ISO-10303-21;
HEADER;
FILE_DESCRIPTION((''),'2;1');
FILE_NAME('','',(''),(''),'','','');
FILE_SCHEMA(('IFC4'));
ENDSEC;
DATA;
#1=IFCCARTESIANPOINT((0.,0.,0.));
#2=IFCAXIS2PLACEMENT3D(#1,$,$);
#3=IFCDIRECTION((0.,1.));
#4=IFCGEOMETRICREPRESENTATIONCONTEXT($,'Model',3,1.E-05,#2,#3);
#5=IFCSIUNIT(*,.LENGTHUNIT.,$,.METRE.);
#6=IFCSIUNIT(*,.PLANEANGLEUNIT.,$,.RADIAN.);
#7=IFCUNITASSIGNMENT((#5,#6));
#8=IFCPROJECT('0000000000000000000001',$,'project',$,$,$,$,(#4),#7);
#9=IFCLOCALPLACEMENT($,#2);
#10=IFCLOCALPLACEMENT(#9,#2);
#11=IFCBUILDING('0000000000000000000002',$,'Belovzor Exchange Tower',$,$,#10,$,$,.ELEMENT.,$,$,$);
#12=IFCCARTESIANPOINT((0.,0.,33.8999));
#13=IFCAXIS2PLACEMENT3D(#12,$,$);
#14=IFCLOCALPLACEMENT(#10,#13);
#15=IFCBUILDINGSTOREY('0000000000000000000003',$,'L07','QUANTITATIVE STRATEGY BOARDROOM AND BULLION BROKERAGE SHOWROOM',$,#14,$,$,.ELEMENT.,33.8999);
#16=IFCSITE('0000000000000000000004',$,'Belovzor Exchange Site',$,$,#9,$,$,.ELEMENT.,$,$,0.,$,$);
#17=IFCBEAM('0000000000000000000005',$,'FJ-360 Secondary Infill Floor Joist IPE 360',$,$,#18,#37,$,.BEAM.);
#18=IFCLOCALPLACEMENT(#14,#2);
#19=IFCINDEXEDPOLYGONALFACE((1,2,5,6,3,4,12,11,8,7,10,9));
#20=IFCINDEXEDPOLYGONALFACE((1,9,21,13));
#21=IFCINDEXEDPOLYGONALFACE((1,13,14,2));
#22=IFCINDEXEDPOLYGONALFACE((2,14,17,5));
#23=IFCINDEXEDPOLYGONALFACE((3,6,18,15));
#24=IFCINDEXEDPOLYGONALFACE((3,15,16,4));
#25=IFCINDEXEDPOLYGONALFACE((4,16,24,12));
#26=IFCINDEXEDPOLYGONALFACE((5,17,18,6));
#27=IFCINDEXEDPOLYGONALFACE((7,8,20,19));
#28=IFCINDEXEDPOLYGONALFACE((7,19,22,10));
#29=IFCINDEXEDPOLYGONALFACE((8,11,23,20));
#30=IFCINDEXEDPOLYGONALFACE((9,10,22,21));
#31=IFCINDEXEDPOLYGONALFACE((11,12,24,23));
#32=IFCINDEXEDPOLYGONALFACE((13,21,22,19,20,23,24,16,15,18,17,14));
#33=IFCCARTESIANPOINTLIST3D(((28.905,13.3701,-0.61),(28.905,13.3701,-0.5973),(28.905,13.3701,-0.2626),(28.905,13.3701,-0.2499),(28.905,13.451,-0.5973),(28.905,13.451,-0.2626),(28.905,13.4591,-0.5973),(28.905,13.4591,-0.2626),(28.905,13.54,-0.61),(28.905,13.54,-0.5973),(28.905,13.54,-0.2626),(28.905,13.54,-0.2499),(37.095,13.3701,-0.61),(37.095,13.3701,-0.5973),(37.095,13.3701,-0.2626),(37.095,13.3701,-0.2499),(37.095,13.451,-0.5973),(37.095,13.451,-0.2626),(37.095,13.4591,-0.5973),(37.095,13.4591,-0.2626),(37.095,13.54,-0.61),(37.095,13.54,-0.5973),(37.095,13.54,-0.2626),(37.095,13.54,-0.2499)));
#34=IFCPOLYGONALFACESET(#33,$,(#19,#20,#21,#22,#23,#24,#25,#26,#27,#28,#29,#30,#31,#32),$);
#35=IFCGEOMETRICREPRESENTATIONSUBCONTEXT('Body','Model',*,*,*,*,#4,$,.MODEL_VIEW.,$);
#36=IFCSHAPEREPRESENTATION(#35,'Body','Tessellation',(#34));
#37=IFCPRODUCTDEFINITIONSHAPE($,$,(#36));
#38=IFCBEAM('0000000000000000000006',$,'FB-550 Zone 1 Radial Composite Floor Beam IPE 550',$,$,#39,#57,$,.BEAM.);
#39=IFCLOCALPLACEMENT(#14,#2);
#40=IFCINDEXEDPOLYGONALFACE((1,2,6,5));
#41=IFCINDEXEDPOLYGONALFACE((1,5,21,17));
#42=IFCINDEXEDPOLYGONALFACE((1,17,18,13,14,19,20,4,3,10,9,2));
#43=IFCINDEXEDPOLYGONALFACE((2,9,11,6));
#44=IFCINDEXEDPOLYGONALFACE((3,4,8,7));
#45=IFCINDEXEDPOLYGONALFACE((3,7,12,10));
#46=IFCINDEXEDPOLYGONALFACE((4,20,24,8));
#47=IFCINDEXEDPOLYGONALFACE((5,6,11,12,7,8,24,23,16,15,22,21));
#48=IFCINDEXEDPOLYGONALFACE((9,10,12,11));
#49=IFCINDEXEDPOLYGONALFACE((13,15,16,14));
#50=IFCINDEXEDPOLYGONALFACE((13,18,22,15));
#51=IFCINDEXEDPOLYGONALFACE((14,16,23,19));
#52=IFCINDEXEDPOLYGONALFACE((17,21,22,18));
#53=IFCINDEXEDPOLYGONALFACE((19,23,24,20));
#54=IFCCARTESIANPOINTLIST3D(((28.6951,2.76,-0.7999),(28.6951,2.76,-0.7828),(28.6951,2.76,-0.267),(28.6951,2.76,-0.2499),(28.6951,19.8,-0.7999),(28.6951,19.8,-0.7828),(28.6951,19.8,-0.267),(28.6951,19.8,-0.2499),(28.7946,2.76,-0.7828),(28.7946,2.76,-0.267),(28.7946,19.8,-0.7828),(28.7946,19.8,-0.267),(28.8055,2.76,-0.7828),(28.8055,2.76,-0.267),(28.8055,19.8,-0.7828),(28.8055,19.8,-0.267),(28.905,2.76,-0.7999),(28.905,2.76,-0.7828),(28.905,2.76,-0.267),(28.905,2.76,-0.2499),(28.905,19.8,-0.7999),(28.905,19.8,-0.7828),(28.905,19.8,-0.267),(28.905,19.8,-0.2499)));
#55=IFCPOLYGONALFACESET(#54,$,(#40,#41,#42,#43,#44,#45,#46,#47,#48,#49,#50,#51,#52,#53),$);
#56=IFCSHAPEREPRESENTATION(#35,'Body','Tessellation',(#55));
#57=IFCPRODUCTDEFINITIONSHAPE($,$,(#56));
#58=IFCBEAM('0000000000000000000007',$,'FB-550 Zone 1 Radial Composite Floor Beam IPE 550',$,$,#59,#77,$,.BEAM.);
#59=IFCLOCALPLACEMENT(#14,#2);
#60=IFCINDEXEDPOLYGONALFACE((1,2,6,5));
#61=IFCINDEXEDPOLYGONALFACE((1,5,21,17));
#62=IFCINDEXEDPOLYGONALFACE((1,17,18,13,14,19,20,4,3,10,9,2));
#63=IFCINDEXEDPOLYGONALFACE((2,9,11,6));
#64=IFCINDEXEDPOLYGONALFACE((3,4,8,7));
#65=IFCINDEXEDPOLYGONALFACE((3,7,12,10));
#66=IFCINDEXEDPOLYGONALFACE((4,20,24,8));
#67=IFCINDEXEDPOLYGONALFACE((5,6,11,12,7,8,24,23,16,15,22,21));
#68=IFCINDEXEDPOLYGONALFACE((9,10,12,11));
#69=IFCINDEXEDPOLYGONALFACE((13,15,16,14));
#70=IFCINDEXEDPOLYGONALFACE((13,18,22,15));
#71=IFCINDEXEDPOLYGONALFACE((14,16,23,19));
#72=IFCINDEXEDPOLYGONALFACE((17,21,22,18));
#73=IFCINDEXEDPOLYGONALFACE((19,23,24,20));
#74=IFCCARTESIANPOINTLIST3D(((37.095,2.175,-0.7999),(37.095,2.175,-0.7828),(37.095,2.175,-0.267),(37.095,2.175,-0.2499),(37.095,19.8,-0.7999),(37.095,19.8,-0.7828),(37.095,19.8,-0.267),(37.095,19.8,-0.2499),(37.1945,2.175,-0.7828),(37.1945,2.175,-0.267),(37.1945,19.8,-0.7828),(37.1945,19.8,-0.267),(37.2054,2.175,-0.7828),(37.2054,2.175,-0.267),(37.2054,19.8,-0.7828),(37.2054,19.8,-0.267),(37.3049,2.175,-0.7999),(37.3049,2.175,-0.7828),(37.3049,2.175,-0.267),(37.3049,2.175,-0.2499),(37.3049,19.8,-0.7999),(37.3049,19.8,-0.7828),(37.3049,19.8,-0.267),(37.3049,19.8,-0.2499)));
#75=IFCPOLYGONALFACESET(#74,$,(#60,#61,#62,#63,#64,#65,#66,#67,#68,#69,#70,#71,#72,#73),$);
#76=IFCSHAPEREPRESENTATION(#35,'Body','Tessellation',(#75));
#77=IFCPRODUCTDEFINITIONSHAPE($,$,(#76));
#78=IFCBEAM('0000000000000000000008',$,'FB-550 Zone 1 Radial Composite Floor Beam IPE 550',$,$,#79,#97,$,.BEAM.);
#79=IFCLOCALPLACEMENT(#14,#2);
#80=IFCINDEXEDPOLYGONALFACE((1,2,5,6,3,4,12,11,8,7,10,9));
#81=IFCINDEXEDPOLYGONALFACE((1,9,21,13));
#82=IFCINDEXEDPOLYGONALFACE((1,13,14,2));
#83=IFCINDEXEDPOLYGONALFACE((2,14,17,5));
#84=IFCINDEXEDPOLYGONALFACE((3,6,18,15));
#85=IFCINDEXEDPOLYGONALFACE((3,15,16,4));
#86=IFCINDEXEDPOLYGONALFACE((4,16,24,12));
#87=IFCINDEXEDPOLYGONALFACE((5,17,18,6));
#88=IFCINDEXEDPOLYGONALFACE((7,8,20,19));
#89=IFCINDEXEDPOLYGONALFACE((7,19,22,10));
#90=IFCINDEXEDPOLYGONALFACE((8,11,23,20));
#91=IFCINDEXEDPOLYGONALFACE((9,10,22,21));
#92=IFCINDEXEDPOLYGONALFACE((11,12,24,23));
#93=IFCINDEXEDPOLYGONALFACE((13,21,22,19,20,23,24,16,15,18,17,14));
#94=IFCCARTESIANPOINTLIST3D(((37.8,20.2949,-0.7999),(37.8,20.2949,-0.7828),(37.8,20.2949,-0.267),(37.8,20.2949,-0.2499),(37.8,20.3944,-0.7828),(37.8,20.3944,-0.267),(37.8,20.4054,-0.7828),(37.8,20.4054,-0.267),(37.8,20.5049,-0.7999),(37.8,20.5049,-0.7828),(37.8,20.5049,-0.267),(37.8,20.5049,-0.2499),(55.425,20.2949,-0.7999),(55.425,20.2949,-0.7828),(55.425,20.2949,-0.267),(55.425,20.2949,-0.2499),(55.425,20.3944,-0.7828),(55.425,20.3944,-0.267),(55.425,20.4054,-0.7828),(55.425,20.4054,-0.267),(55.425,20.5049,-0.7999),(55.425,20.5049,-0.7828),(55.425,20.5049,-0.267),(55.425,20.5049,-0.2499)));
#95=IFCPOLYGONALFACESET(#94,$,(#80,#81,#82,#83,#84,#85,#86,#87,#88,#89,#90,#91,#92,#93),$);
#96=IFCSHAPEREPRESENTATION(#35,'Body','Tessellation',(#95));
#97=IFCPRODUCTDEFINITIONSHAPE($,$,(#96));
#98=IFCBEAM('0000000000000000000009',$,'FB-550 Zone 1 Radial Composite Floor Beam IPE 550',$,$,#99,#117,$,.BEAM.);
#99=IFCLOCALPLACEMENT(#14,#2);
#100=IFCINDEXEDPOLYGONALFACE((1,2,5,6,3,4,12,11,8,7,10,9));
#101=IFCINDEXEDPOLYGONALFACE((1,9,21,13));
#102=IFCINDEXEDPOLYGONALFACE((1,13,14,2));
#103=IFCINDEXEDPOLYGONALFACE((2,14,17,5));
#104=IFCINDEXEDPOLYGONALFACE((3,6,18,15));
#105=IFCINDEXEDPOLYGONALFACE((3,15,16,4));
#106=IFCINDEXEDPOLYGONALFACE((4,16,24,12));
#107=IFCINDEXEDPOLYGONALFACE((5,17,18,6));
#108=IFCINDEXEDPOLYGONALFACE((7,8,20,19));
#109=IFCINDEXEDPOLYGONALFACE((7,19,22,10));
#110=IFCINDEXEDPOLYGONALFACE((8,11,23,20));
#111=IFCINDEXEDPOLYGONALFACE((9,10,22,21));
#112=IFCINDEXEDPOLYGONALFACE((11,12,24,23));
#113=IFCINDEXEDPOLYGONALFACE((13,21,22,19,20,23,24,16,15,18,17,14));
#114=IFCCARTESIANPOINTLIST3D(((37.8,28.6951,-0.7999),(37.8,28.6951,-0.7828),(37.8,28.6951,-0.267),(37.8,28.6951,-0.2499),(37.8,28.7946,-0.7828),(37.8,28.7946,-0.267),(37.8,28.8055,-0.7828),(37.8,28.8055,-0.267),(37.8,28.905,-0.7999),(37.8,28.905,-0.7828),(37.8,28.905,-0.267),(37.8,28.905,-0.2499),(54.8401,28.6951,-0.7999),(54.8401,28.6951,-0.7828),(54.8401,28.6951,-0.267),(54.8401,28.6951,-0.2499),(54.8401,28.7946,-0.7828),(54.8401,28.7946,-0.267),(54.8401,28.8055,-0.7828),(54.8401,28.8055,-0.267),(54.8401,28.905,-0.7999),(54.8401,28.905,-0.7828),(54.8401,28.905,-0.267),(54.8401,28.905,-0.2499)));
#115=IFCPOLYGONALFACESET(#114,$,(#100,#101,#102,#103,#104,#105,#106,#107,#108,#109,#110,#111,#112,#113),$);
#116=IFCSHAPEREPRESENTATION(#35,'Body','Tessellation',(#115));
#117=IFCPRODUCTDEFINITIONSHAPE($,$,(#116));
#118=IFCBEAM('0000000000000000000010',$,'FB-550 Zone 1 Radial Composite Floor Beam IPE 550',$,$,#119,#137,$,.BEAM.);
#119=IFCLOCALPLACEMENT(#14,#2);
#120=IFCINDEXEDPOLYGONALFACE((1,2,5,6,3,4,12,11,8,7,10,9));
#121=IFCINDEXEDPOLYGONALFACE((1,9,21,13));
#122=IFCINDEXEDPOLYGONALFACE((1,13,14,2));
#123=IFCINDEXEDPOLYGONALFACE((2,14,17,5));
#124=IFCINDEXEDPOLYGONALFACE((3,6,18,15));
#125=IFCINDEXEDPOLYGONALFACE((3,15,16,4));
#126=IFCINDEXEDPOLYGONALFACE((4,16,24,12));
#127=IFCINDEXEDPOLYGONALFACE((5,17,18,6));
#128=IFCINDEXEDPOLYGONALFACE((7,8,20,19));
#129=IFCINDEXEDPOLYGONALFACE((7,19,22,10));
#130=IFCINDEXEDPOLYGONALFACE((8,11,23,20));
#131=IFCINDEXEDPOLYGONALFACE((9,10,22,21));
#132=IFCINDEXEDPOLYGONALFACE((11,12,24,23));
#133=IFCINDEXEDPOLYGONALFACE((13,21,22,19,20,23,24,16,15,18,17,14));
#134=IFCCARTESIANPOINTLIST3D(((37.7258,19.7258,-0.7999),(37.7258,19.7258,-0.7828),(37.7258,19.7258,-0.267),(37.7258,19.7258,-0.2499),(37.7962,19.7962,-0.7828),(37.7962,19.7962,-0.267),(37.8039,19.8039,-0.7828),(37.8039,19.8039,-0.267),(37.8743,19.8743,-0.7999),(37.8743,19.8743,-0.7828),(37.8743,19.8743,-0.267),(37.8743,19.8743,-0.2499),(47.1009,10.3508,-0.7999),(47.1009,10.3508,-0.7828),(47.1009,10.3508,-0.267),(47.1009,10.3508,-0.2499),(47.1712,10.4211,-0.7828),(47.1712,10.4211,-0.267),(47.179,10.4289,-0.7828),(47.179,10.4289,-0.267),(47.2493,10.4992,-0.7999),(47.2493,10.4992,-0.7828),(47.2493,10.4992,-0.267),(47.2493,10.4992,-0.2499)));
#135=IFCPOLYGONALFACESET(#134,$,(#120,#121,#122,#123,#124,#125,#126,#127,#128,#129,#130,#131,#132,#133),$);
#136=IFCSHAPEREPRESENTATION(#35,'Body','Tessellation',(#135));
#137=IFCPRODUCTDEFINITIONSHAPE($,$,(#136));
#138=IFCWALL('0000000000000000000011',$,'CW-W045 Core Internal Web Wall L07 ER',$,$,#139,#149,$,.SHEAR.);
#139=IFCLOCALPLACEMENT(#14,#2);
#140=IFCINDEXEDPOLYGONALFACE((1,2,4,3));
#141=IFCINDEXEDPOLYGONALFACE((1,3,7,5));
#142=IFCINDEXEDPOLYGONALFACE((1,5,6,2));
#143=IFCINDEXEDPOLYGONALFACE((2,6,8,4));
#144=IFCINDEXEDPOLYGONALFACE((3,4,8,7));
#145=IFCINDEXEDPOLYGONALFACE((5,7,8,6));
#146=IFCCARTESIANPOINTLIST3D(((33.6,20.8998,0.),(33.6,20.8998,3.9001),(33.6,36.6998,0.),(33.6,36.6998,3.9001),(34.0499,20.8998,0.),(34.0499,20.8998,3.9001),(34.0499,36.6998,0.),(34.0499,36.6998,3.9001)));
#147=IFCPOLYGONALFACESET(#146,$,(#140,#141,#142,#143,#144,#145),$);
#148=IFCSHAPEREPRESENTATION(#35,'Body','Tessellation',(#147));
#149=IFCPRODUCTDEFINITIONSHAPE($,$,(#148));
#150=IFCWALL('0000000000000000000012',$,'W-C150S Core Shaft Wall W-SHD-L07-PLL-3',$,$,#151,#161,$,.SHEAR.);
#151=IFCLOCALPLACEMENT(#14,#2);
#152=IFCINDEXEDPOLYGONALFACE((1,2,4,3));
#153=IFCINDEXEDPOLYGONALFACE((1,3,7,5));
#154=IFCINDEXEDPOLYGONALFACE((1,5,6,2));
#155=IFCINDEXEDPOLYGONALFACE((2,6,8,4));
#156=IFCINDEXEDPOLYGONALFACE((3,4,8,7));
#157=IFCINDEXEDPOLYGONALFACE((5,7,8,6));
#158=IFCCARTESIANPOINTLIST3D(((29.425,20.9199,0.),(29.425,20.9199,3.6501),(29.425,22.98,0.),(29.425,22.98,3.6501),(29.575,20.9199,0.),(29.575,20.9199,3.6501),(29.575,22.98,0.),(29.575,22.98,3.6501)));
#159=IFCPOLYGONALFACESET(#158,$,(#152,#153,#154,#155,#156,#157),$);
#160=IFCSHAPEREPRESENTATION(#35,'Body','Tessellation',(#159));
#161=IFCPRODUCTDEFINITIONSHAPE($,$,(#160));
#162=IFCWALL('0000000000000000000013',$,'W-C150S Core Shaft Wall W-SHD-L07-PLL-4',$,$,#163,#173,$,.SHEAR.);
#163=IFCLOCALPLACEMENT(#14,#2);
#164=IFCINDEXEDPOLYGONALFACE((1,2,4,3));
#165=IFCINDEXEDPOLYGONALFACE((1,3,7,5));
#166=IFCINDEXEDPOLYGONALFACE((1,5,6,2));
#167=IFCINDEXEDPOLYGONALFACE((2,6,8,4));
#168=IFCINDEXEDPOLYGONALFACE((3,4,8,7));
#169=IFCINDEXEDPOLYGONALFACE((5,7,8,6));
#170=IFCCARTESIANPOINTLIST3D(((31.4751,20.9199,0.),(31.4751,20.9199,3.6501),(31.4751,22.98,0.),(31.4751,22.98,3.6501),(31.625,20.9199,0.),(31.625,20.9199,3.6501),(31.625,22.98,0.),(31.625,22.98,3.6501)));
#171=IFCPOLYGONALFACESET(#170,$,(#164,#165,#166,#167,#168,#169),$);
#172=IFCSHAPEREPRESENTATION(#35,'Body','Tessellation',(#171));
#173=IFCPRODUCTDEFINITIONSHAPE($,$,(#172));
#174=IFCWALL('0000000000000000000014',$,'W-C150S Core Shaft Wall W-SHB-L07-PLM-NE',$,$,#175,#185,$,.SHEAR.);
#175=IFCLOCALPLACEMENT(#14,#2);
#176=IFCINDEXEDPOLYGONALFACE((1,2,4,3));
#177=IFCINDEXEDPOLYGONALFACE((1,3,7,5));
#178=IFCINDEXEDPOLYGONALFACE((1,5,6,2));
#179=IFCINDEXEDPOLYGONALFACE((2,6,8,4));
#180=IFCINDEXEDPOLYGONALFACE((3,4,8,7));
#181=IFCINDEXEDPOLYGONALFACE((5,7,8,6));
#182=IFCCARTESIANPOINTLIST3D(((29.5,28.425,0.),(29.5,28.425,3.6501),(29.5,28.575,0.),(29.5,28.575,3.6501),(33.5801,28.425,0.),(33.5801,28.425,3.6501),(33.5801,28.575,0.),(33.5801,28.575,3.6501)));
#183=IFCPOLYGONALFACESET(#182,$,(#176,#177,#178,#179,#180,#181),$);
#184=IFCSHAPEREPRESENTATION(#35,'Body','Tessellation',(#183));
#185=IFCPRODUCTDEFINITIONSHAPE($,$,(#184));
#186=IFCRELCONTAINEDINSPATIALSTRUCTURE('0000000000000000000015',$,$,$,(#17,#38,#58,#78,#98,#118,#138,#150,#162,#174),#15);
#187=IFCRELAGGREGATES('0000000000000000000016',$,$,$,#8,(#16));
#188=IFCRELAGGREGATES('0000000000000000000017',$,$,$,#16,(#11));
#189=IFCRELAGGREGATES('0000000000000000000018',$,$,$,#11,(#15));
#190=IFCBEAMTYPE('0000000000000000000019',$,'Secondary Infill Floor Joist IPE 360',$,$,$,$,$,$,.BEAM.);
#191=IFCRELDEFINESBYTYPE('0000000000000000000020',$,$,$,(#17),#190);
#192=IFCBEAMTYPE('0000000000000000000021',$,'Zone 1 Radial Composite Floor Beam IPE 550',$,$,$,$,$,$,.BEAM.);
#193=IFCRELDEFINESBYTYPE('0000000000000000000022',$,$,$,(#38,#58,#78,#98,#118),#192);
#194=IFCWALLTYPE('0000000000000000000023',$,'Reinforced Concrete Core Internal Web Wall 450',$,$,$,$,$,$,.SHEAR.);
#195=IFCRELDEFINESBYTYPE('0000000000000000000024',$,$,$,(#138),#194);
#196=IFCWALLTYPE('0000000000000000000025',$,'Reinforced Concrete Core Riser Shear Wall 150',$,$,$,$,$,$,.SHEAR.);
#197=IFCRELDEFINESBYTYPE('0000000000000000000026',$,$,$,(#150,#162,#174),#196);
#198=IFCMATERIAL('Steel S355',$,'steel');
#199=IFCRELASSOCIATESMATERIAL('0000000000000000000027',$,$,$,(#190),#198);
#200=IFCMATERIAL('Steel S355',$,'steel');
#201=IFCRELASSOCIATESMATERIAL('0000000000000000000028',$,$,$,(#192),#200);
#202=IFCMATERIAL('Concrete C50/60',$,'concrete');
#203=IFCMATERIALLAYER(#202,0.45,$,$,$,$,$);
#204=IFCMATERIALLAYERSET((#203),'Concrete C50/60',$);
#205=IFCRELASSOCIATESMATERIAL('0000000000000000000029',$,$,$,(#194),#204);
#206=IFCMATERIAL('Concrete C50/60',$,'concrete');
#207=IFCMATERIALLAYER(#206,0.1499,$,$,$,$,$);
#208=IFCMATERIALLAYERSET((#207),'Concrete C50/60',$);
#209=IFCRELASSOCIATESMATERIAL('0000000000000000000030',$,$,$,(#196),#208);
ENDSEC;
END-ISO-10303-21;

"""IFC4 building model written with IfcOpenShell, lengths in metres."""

from ifc_helpers import new_model, si_unit, direction, frame, frame_2d, origin, origin_2d, place, context, subcontext, project, spatial, rectangle, i_section, extrude, material, layer, layer_set, material_profile, profile_set, type_object, element, save


model = new_model("IFC4")

# Units and contexts
model_context = context("Model", 3, precision=1e-05, world=origin(), true_north=direction((0.0, 1.0)))
body_context = subcontext(model_context, "Body", "Model", "MODEL_VIEW")
ifc_project = project(units=[si_unit("LENGTHUNIT", "METRE"), si_unit("PLANEANGLEUNIT", "RADIAN")], contexts=[model_context])

# Site, building, storey
site_placement = place(None, origin())
site = spatial("IfcSite", under=ifc_project, at=site_placement, Name="Belovzor Exchange Site", CompositionType="ELEMENT", RefElevation=0.0)
building_placement = place(site_placement, origin())
building = spatial("IfcBuilding", under=site, at=building_placement, Name="Belovzor Exchange Tower", CompositionType="ELEMENT")
storey_placement = place(building_placement, frame((0.0, 0.0, 33.8999)))
storey = spatial("IfcBuildingStorey", under=building, at=storey_placement, Name="L07", Description="QUANTITATIVE STRATEGY BOARDROOM AND BULLION BROKERAGE SHOWROOM", CompositionType="ELEMENT", Elevation=33.8999)

# Beams
ifc_material_1 = material(Name="Steel S355", Category="steel")
ifc_material_profile_1 = material_profile(ifc_material_1, i_section(OverallWidth=0.1699, OverallDepth=0.3601, WebThickness=0.0081, FlangeThickness=0.0127, at=origin_2d()))
ifc_profile_set_1 = profile_set([ifc_material_profile_1], Name="Steel S355")
beam_type_1 = type_object("IfcBeamType", Name="Secondary Infill Floor Joist IPE 360", PredefinedType="BEAM", material=ifc_profile_set_1)
beam_1_placement = place(storey_placement, frame((28.905, 13.4551, -0.4299), z_axis=(1.0, 0.0, 0.0), x_axis=(0.0, 1.0, 0.0)))
element("IfcBeam", 1, at=beam_1_placement, inside=storey, type_object=beam_type_1, Name="FJ-360 Secondary Infill Floor Joist IPE 360", PredefinedType="BEAM", context=body_context, shape_type="SweptSolid", body=[
    extrude(i_section(OverallWidth=0.1699, OverallDepth=0.3601, WebThickness=0.0081, FlangeThickness=0.0127, at=origin_2d()), origin(), (0.0, 0.0, 1.0), 8.1899),
])
ifc_material_2 = material(Name="Steel S355", Category="steel")
ifc_material_profile_2 = material_profile(ifc_material_2, i_section(OverallWidth=0.21, OverallDepth=0.55, WebThickness=0.011, FlangeThickness=0.0171, at=origin_2d()))
ifc_profile_set_2 = profile_set([ifc_material_profile_2], Name="Steel S355")
beam_type_2 = type_object("IfcBeamType", Name="Zone 1 Radial Composite Floor Beam IPE 550", PredefinedType="BEAM", material=ifc_profile_set_2)
beam_2_placement = place(storey_placement, frame((28.8, 19.8, -0.5249), z_axis=(0.0, -1.0, 0.0), x_axis=(1.0, 0.0, 0.0)))
element("IfcBeam", 2, at=beam_2_placement, inside=storey, type_object=beam_type_2, Name="FB-550 Zone 1 Radial Composite Floor Beam IPE 550", PredefinedType="BEAM", context=body_context, shape_type="SweptSolid", body=[
    extrude(i_section(OverallWidth=0.21, OverallDepth=0.55, WebThickness=0.011, FlangeThickness=0.0171, at=origin_2d()), origin(), (0.0, 0.0, 1.0), 17.04),
])
for number, where, z_axis, x_axis, name in (
    (3, (37.2, 19.8, -0.5249), (0.0, -1.0, 0.0), (1.0, 0.0, 0.0), "FB-550 Zone 1 Radial Composite Floor Beam IPE 550"),
    (4, (37.8, 20.3999, -0.5249), (1.0, 0.0, 0.0), (0.0, 1.0, 0.0), "FB-550 Zone 1 Radial Composite Floor Beam IPE 550"),
):
    element("IfcBeam", number, at=place(storey_placement, frame(where, z_axis=z_axis, x_axis=x_axis)), inside=storey, type_object=beam_type_2, Name=name, PredefinedType="BEAM", context=body_context, shape_type="SweptSolid", body=[
        extrude(i_section(OverallWidth=0.21, OverallDepth=0.55, WebThickness=0.011, FlangeThickness=0.0171, at=origin_2d()), origin(), (0.0, 0.0, 1.0), 17.625),
    ])
beam_3_placement = place(storey_placement, frame((37.8, 28.8, -0.5249), z_axis=(1.0, 0.0, 0.0), x_axis=(0.0, 1.0, 0.0)))
element("IfcBeam", 5, at=beam_3_placement, inside=storey, type_object=beam_type_2, Name="FB-550 Zone 1 Radial Composite Floor Beam IPE 550", PredefinedType="BEAM", context=body_context, shape_type="SweptSolid", body=[
    extrude(i_section(OverallWidth=0.21, OverallDepth=0.55, WebThickness=0.011, FlangeThickness=0.0171, at=origin_2d()), origin(), (0.0, 0.0, 1.0), 17.04),
])
beam_4_placement = place(storey_placement, frame((37.8, 19.8, -0.5249), z_axis=(0.707107, -0.707107, 0.0), x_axis=(0.707107, 0.707107, 0.0)))
element("IfcBeam", 6, at=beam_4_placement, inside=storey, type_object=beam_type_2, Name="FB-550 Zone 1 Radial Composite Floor Beam IPE 550", PredefinedType="BEAM", context=body_context, shape_type="SweptSolid", body=[
    extrude(i_section(OverallWidth=0.21, OverallDepth=0.55, WebThickness=0.011, FlangeThickness=0.0171, at=origin_2d()), origin(), (0.0, 0.0, 1.0), 13.2583),
])

# Walls
ifc_material_3 = material(Name="Concrete C50/60", Category="concrete")
ifc_layer_1 = layer(ifc_material_3, 0.45)
ifc_layer_set_1 = layer_set([ifc_layer_1], Name="Concrete C50/60")
wall_type_1 = type_object("IfcWallType", Name="Reinforced Concrete Core Internal Web Wall 450", PredefinedType="SHEAR", material=ifc_layer_set_1)
wall_1_placement = place(storey_placement, frame((33.825, 20.8999, 0.0), z_axis=(0.0, 0.0, 1.0), x_axis=(0.0, 1.0, 0.0)))
element("IfcWall", 7, at=wall_1_placement, inside=storey, type_object=wall_type_1, Name="CW-W045 Core Internal Web Wall L07 ER", PredefinedType="SHEAR", context=body_context, shape_type="SweptSolid", body=[
    extrude(rectangle(XDim=15.8, YDim=0.45, at=frame_2d((7.8999, 0.0))), origin(), (0.0, 0.0, 1.0), 3.9001),
])
ifc_material_4 = material(Name="Concrete C50/60", Category="concrete")
ifc_layer_2 = layer(ifc_material_4, 0.1499)
ifc_layer_set_2 = layer_set([ifc_layer_2], Name="Concrete C50/60")
wall_type_2 = type_object("IfcWallType", Name="Reinforced Concrete Core Riser Shear Wall 150", PredefinedType="SHEAR", material=ifc_layer_set_2)
for number, where, z_axis, x_axis, name in (
    (8, (29.5, 20.9199, 0.0), (0.0, 0.0, 1.0), (0.0, 1.0, 0.0), "W-C150S Core Shaft Wall W-SHD-L07-PLL-3"),
    (9, (31.55, 20.9199, 0.0), (0.0, 0.0, 1.0), (0.0, 1.0, 0.0), "W-C150S Core Shaft Wall W-SHD-L07-PLL-4"),
):
    element("IfcWall", number, at=place(storey_placement, frame(where, z_axis=z_axis, x_axis=x_axis)), inside=storey, type_object=wall_type_2, Name=name, PredefinedType="SHEAR", context=body_context, shape_type="SweptSolid", body=[
        extrude(rectangle(XDim=2.0601, YDim=0.1499, at=frame_2d((1.03, 0.0))), origin(), (0.0, 0.0, 1.0), 3.6501),
    ])
wall_2_placement = place(storey_placement, frame((29.5, 28.5, 0.0), z_axis=(0.0, 0.0, 1.0), x_axis=(1.0, 0.0, 0.0)))
element("IfcWall", 10, at=wall_2_placement, inside=storey, type_object=wall_type_2, Name="W-C150S Core Shaft Wall W-SHB-L07-PLM-NE", PredefinedType="SHEAR", context=body_context, shape_type="SweptSolid", body=[
    extrude(rectangle(XDim=4.0801, YDim=0.1499, at=frame_2d((2.04, 0.0))), origin(), (0.0, 0.0, 1.0), 3.6501),
])

save(model, "model.ifc")
